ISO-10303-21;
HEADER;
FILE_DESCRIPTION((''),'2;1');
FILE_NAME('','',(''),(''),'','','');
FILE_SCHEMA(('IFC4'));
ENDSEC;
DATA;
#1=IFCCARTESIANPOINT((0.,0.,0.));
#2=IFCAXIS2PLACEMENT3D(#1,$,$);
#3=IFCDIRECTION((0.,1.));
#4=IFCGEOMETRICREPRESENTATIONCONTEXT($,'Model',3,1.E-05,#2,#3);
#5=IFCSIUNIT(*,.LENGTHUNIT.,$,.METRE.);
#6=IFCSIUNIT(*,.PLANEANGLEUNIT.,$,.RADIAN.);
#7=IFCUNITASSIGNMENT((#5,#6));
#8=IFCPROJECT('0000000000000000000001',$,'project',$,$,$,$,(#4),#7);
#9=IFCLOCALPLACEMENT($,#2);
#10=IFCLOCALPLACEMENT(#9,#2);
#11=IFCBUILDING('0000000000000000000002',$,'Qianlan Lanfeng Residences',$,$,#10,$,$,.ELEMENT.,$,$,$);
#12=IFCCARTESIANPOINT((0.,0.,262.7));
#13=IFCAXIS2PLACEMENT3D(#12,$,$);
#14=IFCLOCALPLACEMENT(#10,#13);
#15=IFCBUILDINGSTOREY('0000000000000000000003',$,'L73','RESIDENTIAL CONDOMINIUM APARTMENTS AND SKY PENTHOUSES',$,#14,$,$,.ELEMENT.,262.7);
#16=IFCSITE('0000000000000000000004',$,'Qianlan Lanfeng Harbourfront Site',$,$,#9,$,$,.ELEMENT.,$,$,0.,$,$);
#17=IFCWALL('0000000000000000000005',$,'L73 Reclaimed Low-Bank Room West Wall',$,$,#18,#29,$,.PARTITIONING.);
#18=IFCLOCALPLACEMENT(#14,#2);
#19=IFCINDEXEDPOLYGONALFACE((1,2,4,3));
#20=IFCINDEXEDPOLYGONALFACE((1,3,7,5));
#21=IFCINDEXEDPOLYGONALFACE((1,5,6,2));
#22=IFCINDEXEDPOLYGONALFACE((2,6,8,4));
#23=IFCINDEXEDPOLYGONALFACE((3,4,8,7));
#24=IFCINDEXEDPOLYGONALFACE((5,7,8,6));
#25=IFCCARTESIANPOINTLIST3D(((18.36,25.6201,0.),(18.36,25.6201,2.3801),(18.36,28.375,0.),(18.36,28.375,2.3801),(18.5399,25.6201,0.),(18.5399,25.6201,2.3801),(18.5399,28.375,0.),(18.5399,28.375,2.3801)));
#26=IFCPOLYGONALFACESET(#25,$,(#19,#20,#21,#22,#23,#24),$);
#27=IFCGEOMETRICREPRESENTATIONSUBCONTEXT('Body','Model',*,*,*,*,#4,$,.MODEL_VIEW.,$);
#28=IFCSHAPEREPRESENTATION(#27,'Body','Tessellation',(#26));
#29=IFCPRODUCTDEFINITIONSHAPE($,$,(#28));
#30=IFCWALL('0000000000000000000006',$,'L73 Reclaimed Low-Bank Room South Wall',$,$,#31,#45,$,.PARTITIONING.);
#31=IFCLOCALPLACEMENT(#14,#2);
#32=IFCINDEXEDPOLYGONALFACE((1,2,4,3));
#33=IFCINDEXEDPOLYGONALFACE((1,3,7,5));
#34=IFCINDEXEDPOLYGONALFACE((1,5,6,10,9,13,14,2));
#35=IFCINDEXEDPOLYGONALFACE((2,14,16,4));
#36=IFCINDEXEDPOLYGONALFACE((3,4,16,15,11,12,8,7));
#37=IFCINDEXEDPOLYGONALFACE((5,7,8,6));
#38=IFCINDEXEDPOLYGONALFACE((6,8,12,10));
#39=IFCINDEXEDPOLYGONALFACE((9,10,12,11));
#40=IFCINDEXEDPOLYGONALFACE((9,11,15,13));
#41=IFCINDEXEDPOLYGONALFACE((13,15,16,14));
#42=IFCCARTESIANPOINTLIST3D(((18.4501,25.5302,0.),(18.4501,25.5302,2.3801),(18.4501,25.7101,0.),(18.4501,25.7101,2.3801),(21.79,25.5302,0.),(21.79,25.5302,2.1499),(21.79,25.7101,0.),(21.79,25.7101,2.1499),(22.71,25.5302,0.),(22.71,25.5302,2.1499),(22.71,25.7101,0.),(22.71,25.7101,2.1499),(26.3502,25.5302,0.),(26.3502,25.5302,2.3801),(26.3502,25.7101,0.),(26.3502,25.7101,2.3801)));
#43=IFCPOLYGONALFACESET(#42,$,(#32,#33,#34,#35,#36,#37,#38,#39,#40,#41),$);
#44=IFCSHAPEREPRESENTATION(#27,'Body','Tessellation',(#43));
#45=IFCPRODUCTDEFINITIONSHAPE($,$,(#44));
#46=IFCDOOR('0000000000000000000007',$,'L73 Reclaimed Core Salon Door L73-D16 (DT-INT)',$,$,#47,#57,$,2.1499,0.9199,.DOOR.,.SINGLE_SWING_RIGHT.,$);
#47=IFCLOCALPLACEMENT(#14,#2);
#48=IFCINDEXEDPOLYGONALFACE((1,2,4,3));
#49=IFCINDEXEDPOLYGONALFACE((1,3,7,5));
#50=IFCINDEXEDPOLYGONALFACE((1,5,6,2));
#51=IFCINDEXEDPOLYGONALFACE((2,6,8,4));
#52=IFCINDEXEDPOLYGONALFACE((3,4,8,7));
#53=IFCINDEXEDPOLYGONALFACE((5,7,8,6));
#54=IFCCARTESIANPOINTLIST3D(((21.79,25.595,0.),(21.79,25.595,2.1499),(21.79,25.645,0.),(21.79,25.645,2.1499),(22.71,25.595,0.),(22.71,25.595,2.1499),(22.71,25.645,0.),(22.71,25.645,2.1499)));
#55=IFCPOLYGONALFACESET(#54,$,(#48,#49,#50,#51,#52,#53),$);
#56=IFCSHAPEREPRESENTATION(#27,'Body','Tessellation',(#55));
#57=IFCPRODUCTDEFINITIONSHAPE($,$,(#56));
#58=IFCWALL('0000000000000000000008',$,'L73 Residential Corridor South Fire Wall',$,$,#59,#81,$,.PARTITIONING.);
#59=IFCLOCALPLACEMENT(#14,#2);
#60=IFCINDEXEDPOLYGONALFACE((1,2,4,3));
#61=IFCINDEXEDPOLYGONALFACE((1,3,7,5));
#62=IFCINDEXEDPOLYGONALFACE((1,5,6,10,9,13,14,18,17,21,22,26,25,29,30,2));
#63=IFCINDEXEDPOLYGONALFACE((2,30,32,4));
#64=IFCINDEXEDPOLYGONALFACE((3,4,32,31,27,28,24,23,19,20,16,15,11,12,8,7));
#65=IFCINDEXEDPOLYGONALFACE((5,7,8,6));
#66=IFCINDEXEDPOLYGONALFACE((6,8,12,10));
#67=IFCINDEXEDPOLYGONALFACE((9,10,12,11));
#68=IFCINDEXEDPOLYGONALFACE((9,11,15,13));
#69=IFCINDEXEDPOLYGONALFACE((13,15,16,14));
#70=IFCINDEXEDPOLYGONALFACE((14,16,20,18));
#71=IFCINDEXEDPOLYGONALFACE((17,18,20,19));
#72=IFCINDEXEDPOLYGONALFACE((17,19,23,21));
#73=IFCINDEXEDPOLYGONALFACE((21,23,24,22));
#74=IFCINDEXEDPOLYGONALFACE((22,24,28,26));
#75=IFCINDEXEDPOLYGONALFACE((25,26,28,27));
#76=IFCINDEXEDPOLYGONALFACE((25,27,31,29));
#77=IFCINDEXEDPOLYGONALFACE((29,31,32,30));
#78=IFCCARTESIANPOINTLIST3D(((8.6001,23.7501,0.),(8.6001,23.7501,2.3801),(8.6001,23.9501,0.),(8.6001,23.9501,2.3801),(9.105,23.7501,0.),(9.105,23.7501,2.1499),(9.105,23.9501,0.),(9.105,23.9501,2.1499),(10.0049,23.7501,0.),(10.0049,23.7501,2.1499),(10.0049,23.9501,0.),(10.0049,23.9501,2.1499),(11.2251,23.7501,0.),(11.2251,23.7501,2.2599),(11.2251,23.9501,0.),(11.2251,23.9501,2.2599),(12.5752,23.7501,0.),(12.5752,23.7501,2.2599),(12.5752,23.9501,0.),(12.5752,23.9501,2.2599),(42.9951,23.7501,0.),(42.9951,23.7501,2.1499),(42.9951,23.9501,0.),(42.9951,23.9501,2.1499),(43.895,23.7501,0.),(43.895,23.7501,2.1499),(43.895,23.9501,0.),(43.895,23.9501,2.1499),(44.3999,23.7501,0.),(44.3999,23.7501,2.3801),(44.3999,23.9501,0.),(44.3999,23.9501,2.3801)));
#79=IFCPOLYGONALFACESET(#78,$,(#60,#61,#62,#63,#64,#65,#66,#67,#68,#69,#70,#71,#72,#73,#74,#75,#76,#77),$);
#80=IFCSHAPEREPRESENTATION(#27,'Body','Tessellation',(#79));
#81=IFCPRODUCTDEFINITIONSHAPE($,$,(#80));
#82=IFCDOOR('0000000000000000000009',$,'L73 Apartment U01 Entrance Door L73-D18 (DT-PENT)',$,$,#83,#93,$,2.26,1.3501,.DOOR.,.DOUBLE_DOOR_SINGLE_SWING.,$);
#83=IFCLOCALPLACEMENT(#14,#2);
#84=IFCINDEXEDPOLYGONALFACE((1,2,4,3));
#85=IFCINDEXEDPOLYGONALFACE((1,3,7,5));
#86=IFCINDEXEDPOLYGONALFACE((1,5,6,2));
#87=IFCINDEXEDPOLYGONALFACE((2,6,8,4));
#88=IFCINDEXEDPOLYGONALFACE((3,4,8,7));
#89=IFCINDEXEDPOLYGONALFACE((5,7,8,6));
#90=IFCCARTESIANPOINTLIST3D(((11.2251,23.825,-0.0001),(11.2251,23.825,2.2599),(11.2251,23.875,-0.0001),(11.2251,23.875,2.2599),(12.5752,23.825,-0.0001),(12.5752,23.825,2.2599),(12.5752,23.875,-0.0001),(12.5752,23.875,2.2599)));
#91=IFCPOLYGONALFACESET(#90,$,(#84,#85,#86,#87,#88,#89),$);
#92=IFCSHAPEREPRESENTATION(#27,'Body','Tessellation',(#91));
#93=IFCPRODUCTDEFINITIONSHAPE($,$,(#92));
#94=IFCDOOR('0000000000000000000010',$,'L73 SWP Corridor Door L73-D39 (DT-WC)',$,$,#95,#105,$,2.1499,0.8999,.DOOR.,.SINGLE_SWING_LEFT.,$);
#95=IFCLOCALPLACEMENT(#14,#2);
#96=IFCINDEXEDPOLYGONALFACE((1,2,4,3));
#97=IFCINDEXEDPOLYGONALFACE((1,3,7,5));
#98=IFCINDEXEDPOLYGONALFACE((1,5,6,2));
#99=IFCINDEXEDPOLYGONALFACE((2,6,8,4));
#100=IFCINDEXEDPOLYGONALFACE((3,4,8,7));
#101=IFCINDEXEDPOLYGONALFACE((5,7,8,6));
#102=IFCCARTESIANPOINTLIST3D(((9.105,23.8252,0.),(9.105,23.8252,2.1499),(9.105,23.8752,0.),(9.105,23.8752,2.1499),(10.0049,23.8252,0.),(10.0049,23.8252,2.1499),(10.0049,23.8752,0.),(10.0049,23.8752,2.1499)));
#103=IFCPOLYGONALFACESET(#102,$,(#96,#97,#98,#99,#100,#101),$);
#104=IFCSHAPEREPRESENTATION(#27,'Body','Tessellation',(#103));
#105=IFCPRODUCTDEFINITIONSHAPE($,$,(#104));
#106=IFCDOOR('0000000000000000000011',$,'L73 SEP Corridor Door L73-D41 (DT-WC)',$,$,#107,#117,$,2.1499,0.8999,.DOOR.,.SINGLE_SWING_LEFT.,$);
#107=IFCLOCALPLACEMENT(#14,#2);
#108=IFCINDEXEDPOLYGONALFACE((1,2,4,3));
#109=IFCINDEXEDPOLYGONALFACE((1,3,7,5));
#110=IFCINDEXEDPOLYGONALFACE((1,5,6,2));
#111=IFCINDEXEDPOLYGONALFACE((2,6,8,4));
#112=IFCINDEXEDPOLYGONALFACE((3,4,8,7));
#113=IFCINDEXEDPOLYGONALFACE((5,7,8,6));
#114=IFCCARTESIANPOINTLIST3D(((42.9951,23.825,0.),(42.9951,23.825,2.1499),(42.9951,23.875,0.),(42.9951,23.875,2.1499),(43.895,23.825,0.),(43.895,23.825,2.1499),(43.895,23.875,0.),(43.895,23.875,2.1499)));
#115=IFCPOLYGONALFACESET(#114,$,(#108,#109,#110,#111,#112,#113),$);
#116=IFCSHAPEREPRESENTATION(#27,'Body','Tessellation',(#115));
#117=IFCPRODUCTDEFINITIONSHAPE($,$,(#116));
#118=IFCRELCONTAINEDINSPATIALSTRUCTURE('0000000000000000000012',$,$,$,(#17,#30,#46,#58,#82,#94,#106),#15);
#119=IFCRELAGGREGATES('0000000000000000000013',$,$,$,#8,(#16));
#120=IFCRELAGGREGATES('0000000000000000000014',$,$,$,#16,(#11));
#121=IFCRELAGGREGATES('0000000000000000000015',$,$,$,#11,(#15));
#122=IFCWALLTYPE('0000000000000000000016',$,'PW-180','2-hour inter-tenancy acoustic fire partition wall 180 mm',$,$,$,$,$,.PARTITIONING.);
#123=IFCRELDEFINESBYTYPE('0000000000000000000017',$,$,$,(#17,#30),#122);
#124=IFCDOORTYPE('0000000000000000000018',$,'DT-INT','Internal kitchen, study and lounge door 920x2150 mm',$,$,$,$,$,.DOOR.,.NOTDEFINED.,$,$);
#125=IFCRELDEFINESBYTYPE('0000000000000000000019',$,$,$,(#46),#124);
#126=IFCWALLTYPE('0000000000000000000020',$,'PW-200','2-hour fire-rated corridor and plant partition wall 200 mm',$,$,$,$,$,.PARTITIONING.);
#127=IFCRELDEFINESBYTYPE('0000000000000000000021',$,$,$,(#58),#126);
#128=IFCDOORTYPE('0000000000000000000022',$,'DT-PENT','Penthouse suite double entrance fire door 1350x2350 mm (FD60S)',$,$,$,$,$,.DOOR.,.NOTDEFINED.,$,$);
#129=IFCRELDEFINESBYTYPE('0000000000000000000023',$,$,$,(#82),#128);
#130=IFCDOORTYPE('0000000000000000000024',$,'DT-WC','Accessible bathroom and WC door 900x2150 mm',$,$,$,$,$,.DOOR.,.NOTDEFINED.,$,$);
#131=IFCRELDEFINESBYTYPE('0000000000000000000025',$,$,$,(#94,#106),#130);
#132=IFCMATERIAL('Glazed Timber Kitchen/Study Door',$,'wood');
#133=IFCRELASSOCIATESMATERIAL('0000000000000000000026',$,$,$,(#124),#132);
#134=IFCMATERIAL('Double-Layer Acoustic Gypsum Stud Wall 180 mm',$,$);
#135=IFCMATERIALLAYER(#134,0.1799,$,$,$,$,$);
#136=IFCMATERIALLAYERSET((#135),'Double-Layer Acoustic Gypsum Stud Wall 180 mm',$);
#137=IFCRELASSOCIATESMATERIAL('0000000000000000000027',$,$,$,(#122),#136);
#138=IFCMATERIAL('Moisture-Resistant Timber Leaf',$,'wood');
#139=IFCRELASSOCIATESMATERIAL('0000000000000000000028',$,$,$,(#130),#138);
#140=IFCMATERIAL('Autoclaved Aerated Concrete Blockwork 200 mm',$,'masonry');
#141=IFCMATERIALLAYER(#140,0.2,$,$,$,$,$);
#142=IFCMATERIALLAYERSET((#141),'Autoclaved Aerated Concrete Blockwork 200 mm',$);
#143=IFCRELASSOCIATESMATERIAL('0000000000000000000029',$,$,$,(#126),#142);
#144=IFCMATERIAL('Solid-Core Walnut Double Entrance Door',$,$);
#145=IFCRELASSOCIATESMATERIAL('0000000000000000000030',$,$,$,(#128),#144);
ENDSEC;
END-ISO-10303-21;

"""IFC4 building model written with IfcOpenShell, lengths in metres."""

from ifc_helpers import new_model, si_unit, direction, frame, frame_2d, origin, place, context, subcontext, project, spatial, rectangle, extrude, material, layer, layer_set, type_object, element, fill, save


model = new_model("IFC4")

# Units and contexts
model_context = context("Model", 3, precision=1e-05, world=origin(), true_north=direction((0.0, 1.0)))
body_context = subcontext(model_context, "Body", "Model", "MODEL_VIEW")
ifc_project = project(units=[si_unit("LENGTHUNIT", "METRE"), si_unit("PLANEANGLEUNIT", "RADIAN")], contexts=[model_context])

# Site, building, storey
site_placement = place(None, origin())
site = spatial("IfcSite", under=ifc_project, at=site_placement, Name="Qianlan Lanfeng Harbourfront Site", CompositionType="ELEMENT", RefElevation=0.0)
building_placement = place(site_placement, origin())
building = spatial("IfcBuilding", under=site, at=building_placement, Name="Qianlan Lanfeng Residences", CompositionType="ELEMENT")
storey_placement = place(building_placement, frame((0.0, 0.0, 262.7)))
storey = spatial("IfcBuildingStorey", under=building, at=storey_placement, Name="L73", Description="RESIDENTIAL CONDOMINIUM APARTMENTS AND SKY PENTHOUSES", CompositionType="ELEMENT", Elevation=262.7)

# Shared definitions
ifc_material_1 = material(Name="Glazed Timber Kitchen/Study Door", Category="wood")
door_type_1 = type_object("IfcDoorType", Name="DT-INT", Description="Internal kitchen, study and lounge door 920x2150 mm", OperationType="NOTDEFINED", PredefinedType="DOOR", material=ifc_material_1)

# Shared definitions
ifc_material_2 = material(Name="Double-Layer Acoustic Gypsum Stud Wall 180 mm")
ifc_layer_1 = layer(ifc_material_2, 0.1799)
ifc_layer_set_1 = layer_set([ifc_layer_1], Name="Double-Layer Acoustic Gypsum Stud Wall 180 mm")
wall_type_1 = type_object("IfcWallType", Name="PW-180", Description="2-hour inter-tenancy acoustic fire partition wall 180 mm", PredefinedType="PARTITIONING", material=ifc_layer_set_1)
ifc_material_3 = material(Name="Moisture-Resistant Timber Leaf", Category="wood")
door_type_2 = type_object("IfcDoorType", Name="DT-WC", Description="Accessible bathroom and WC door 900x2150 mm", OperationType="NOTDEFINED", PredefinedType="DOOR", material=ifc_material_3)

# Wall
wall_1_placement = place(storey_placement, frame((18.45, 25.6201, 0.0), z_axis=(0.0, 0.0, 1.0), x_axis=(0.0, 1.0, 0.0)))
element("IfcWall", 1, at=wall_1_placement, inside=storey, type_object=wall_type_1, Name="L73 Reclaimed Low-Bank Room West Wall", PredefinedType="PARTITIONING", context=body_context, shape_type="SweptSolid", body=[
    extrude(rectangle(XDim=2.7549, YDim=0.1799, at=frame_2d((1.3774, 0.0))), origin(), (0.0, 0.0, 1.0), 2.3801),
])

# Wall, opening, door
wall_2_placement = place(storey_placement, frame((18.45, 25.6201, 0.0), z_axis=(0.0, 0.0, 1.0), x_axis=(1.0, 0.0, 0.0)))
wall_2 = element("IfcWall", 2, at=wall_2_placement, inside=storey, type_object=wall_type_1, Name="L73 Reclaimed Low-Bank Room South Wall", PredefinedType="PARTITIONING", context=body_context, shape_type="SweptSolid", body=[
    extrude(rectangle(XDim=7.9001, YDim=0.1799, at=frame_2d((3.9502, 0.0))), origin(), (0.0, 0.0, 1.0), 2.3801),
])
opening_1_placement = place(wall_2_placement, frame((3.3401, 0.0, 0.0)))
opening_1 = element("IfcOpeningElement", 3, at=opening_1_placement, cuts=wall_2, PredefinedType="OPENING", context=body_context, shape_type="SweptSolid", body=[
    extrude(rectangle(XDim=0.9199, YDim=2.1499, at=frame_2d((0.46, 1.075))), frame((0.0, 0.1001, 0.0), z_axis=(0.0, -1.0, 0.0), x_axis=(1.0, 0.0, 0.0)), (0.0, 0.0, 1.0), 0.2),
])
door_1_placement = place(opening_1_placement, origin())
door_1 = element("IfcDoor", 4, at=door_1_placement, inside=storey, type_object=door_type_1, Name="L73 Reclaimed Core Salon Door L73-D16 (DT-INT)", OperationType="SINGLE_SWING_RIGHT", OverallHeight=2.1499, OverallWidth=0.9199, PredefinedType="DOOR", context=body_context, shape_type="SweptSolid", body=[
    extrude(rectangle(XDim=0.9199, YDim=2.1499, at=frame_2d((0.46, 1.075))), frame((0.0, 0.0249, 0.0), z_axis=(0.0, -1.0, 0.0), x_axis=(1.0, 0.0, 0.0)), (0.0, 0.0, 1.0), 0.05),
])
fill(opening_1, door_1)

# Wall, openings, doors
ifc_material_4 = material(Name="Autoclaved Aerated Concrete Blockwork 200 mm", Category="masonry")
ifc_layer_2 = layer(ifc_material_4, 0.2)
ifc_layer_set_2 = layer_set([ifc_layer_2], Name="Autoclaved Aerated Concrete Blockwork 200 mm")
wall_type_2 = type_object("IfcWallType", Name="PW-200", Description="2-hour fire-rated corridor and plant partition wall 200 mm", PredefinedType="PARTITIONING", material=ifc_layer_set_2)
wall_3_placement = place(storey_placement, frame((8.6001, 23.8501, 0.0), z_axis=(0.0, 0.0, 1.0), x_axis=(1.0, 0.0, 0.0)))
wall_3 = element("IfcWall", 5, at=wall_3_placement, inside=storey, type_object=wall_type_2, Name="L73 Residential Corridor South Fire Wall", PredefinedType="PARTITIONING", context=body_context, shape_type="SweptSolid", body=[
    extrude(rectangle(XDim=35.7998, YDim=0.2, at=frame_2d((17.8999, 0.0))), origin(), (0.0, 0.0, 1.0), 2.3801),
])
opening_2_placement = place(wall_3_placement, frame((2.625, 0.0, 0.0)))
opening_2 = element("IfcOpeningElement", 6, at=opening_2_placement, cuts=wall_3, PredefinedType="OPENING", context=body_context, shape_type="SweptSolid", body=[
    extrude(rectangle(XDim=1.3501, YDim=2.26, at=frame_2d((0.675, 1.1299))), frame((0.0, 0.1099, 0.0), z_axis=(0.0, -1.0, 0.0), x_axis=(1.0, 0.0, 0.0)), (0.0, 0.0, 1.0), 0.22),
])
opening_3_placement = place(wall_3_placement, frame((0.5049, 0.0, 0.0)))
opening_3 = element("IfcOpeningElement", 7, at=opening_3_placement, cuts=wall_3, PredefinedType="OPENING", context=body_context, shape_type="SweptSolid", body=[
    extrude(rectangle(XDim=0.8999, YDim=2.1499, at=frame_2d((0.45, 1.075))), frame((0.0, 0.1099, 0.0), z_axis=(0.0, -1.0, 0.0), x_axis=(1.0, 0.0, 0.0)), (0.0, 0.0, 1.0), 0.22),
])
opening_4_placement = place(wall_3_placement, frame((34.395, 0.0, 0.0)))
opening_4 = element("IfcOpeningElement", 8, at=opening_4_placement, cuts=wall_3, PredefinedType="OPENING", context=body_context, shape_type="SweptSolid", body=[
    extrude(rectangle(XDim=0.8999, YDim=2.1499, at=frame_2d((0.45, 1.075))), frame((0.0, 0.1099, 0.0), z_axis=(0.0, -1.0, 0.0), x_axis=(1.0, 0.0, 0.0)), (0.0, 0.0, 1.0), 0.22),
])
ifc_material_5 = material(Name="Solid-Core Walnut Double Entrance Door")
door_type_3 = type_object("IfcDoorType", Name="DT-PENT", Description="Penthouse suite double entrance fire door 1350x2350 mm (FD60S)", OperationType="NOTDEFINED", PredefinedType="DOOR", material=ifc_material_5)
door_2_placement = place(opening_2_placement, origin())
door_2 = element("IfcDoor", 9, at=door_2_placement, inside=storey, type_object=door_type_3, Name="L73 Apartment U01 Entrance Door L73-D18 (DT-PENT)", OperationType="DOUBLE_DOOR_SINGLE_SWING", OverallHeight=2.26, OverallWidth=1.3501, PredefinedType="DOOR", context=body_context, shape_type="SweptSolid", body=[
    extrude(rectangle(XDim=1.3501, YDim=2.26, at=frame_2d((0.675, 1.1299))), frame((0.0, 0.0249, 0.0), z_axis=(0.0, -1.0, 0.0), x_axis=(1.0, 0.0, 0.0)), (0.0, 0.0, 1.0), 0.05),
])
fill(opening_2, door_2)
door_3_placement = place(opening_3_placement, frame((0.8999, 0.0, 0.0), z_axis=(0.0, 0.0, 1.0), x_axis=(-1.0, 0.0, 0.0)))
door_3 = element("IfcDoor", 10, at=door_3_placement, inside=storey, type_object=door_type_2, Name="L73 SWP Corridor Door L73-D39 (DT-WC)", OperationType="SINGLE_SWING_LEFT", OverallHeight=2.1499, OverallWidth=0.8999, PredefinedType="DOOR", context=body_context, shape_type="SweptSolid", body=[
    extrude(rectangle(XDim=0.8999, YDim=2.1499, at=frame_2d((0.45, 1.075))), frame((0.0, 0.0249, 0.0), z_axis=(0.0, -1.0, 0.0), x_axis=(1.0, 0.0, 0.0)), (0.0, 0.0, 1.0), 0.05),
])
fill(opening_3, door_3)
door_4_placement = place(opening_4_placement, origin())
door_4 = element("IfcDoor", 11, at=door_4_placement, inside=storey, type_object=door_type_2, Name="L73 SEP Corridor Door L73-D41 (DT-WC)", OperationType="SINGLE_SWING_LEFT", OverallHeight=2.1499, OverallWidth=0.8999, PredefinedType="DOOR", context=body_context, shape_type="SweptSolid", body=[
    extrude(rectangle(XDim=0.8999, YDim=2.1499, at=frame_2d((0.45, 1.075))), frame((0.0, 0.0249, 0.0), z_axis=(0.0, -1.0, 0.0), x_axis=(1.0, 0.0, 0.0)), (0.0, 0.0, 1.0), 0.05),
])
fill(opening_4, door_4)

save(model, "model.ifc")
